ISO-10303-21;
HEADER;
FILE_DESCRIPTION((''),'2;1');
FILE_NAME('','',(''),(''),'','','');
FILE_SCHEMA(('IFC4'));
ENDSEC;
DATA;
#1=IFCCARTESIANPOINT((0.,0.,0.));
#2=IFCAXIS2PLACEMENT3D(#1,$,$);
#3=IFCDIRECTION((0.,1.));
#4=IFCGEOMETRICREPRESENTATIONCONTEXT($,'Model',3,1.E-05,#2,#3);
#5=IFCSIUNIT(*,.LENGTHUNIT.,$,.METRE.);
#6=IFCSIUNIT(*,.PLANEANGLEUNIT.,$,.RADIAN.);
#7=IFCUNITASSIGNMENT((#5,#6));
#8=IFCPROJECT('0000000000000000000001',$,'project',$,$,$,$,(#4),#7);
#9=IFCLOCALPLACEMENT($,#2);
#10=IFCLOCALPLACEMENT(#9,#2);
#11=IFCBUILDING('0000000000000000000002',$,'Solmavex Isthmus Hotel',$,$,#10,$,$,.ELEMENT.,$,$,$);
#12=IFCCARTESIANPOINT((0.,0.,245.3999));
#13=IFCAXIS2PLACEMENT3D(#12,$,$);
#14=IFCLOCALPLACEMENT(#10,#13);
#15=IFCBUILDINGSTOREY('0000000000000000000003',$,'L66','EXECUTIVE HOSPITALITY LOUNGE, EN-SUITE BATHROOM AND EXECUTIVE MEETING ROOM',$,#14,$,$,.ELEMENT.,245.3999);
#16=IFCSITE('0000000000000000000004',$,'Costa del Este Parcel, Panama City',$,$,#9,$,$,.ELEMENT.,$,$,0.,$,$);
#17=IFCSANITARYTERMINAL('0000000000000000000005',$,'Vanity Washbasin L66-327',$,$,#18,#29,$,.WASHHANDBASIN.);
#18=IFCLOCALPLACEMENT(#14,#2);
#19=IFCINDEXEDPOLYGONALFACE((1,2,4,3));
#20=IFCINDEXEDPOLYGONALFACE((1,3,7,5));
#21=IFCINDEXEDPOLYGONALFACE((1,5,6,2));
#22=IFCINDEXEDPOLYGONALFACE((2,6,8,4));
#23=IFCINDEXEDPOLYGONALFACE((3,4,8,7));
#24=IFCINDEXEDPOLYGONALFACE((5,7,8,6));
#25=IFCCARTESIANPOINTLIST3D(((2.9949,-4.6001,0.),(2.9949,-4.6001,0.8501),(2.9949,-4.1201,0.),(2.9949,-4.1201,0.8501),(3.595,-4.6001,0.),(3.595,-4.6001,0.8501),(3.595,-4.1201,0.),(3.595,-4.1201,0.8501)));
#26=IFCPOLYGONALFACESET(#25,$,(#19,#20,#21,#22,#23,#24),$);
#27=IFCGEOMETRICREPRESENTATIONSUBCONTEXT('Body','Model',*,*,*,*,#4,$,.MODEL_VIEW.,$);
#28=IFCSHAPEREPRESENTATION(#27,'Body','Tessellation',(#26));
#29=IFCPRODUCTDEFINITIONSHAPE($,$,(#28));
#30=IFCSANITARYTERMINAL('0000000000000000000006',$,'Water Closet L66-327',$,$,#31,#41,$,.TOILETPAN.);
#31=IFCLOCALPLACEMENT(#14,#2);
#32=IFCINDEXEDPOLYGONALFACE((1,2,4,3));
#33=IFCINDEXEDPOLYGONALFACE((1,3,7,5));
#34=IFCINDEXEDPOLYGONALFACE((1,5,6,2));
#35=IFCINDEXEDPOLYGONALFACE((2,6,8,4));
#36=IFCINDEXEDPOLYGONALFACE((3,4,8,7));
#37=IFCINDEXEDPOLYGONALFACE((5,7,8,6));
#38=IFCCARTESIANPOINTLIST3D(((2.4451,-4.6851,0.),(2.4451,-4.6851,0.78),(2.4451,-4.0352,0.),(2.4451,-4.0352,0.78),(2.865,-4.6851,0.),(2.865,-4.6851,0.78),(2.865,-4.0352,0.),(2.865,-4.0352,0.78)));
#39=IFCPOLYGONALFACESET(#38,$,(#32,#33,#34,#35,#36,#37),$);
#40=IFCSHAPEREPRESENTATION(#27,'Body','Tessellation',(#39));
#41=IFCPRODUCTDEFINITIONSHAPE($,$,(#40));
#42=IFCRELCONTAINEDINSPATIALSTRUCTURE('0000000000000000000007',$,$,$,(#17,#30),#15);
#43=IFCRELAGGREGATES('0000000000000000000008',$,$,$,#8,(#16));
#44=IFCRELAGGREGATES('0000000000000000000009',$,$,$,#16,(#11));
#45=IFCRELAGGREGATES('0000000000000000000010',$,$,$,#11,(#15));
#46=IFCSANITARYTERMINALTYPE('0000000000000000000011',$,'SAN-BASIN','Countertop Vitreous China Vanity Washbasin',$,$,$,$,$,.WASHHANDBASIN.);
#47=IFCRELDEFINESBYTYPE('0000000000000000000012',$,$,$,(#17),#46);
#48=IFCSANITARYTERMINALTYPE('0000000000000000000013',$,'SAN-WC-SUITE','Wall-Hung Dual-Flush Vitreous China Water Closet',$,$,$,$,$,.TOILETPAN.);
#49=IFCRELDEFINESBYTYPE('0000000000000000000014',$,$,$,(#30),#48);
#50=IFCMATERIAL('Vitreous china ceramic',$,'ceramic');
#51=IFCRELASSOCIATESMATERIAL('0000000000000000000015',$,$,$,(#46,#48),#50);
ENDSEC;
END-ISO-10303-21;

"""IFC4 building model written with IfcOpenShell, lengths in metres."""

from ifc_helpers import new_model, si_unit, direction, frame, origin, origin_2d, place, context, subcontext, project, spatial, rectangle, extrude, material, type_object, element, save


model = new_model("IFC4")

# Units and contexts
model_context = context("Model", 3, precision=1e-05, world=origin(), true_north=direction((0.0, 1.0)))
body_context = subcontext(model_context, "Body", "Model", "MODEL_VIEW")
ifc_project = project(units=[si_unit("LENGTHUNIT", "METRE"), si_unit("PLANEANGLEUNIT", "RADIAN")], contexts=[model_context])

# Site, building, storey
site_placement = place(None, origin())
site = spatial("IfcSite", under=ifc_project, at=site_placement, Name="Costa del Este Parcel, Panama City", CompositionType="ELEMENT", RefElevation=0.0)
building_placement = place(site_placement, origin())
building = spatial("IfcBuilding", under=site, at=building_placement, Name="Solmavex Isthmus Hotel", CompositionType="ELEMENT")
storey_placement = place(building_placement, frame((0.0, 0.0, 245.3999)))
storey = spatial("IfcBuildingStorey", under=building, at=storey_placement, Name="L66", Description="EXECUTIVE HOSPITALITY LOUNGE, EN-SUITE BATHROOM AND EXECUTIVE MEETING ROOM", CompositionType="ELEMENT", Elevation=245.3999)

# Sanitary terminals
ifc_material_1 = material(Name="Vitreous china ceramic", Category="ceramic")
sanitary_terminal_type_1 = type_object("IfcSanitaryTerminalType", Name="SAN-BASIN", Description="Countertop Vitreous China Vanity Washbasin", PredefinedType="WASHHANDBASIN", material=ifc_material_1)
sanitary_terminal_1_placement = place(storey_placement, frame((3.2949, -4.3601, 0.0), z_axis=(0.0, 0.0, 1.0), x_axis=(1.0, 0.0, 0.0)))
element("IfcSanitaryTerminal", 1, at=sanitary_terminal_1_placement, inside=storey, type_object=sanitary_terminal_type_1, Name="Vanity Washbasin L66-327", PredefinedType="WASHHANDBASIN", context=body_context, shape_type="SweptSolid", body=[
    extrude(rectangle(XDim=0.6001, YDim=0.48, at=origin_2d()), origin(), (0.0, 0.0, 1.0), 0.8501),
])
sanitary_terminal_type_2 = type_object("IfcSanitaryTerminalType", Name="SAN-WC-SUITE", Description="Wall-Hung Dual-Flush Vitreous China Water Closet", PredefinedType="TOILETPAN", material=ifc_material_1)
sanitary_terminal_2_placement = place(storey_placement, frame((2.655, -4.3601, 0.0), z_axis=(0.0, 0.0, 1.0), x_axis=(1.0, 0.0, 0.0)))
element("IfcSanitaryTerminal", 2, at=sanitary_terminal_2_placement, inside=storey, type_object=sanitary_terminal_type_2, Name="Water Closet L66-327", PredefinedType="TOILETPAN", context=body_context, shape_type="SweptSolid", body=[
    extrude(rectangle(XDim=0.4199, YDim=0.6499, at=origin_2d()), origin(), (0.0, 0.0, 1.0), 0.78),
])

save(model, "model.ifc")
